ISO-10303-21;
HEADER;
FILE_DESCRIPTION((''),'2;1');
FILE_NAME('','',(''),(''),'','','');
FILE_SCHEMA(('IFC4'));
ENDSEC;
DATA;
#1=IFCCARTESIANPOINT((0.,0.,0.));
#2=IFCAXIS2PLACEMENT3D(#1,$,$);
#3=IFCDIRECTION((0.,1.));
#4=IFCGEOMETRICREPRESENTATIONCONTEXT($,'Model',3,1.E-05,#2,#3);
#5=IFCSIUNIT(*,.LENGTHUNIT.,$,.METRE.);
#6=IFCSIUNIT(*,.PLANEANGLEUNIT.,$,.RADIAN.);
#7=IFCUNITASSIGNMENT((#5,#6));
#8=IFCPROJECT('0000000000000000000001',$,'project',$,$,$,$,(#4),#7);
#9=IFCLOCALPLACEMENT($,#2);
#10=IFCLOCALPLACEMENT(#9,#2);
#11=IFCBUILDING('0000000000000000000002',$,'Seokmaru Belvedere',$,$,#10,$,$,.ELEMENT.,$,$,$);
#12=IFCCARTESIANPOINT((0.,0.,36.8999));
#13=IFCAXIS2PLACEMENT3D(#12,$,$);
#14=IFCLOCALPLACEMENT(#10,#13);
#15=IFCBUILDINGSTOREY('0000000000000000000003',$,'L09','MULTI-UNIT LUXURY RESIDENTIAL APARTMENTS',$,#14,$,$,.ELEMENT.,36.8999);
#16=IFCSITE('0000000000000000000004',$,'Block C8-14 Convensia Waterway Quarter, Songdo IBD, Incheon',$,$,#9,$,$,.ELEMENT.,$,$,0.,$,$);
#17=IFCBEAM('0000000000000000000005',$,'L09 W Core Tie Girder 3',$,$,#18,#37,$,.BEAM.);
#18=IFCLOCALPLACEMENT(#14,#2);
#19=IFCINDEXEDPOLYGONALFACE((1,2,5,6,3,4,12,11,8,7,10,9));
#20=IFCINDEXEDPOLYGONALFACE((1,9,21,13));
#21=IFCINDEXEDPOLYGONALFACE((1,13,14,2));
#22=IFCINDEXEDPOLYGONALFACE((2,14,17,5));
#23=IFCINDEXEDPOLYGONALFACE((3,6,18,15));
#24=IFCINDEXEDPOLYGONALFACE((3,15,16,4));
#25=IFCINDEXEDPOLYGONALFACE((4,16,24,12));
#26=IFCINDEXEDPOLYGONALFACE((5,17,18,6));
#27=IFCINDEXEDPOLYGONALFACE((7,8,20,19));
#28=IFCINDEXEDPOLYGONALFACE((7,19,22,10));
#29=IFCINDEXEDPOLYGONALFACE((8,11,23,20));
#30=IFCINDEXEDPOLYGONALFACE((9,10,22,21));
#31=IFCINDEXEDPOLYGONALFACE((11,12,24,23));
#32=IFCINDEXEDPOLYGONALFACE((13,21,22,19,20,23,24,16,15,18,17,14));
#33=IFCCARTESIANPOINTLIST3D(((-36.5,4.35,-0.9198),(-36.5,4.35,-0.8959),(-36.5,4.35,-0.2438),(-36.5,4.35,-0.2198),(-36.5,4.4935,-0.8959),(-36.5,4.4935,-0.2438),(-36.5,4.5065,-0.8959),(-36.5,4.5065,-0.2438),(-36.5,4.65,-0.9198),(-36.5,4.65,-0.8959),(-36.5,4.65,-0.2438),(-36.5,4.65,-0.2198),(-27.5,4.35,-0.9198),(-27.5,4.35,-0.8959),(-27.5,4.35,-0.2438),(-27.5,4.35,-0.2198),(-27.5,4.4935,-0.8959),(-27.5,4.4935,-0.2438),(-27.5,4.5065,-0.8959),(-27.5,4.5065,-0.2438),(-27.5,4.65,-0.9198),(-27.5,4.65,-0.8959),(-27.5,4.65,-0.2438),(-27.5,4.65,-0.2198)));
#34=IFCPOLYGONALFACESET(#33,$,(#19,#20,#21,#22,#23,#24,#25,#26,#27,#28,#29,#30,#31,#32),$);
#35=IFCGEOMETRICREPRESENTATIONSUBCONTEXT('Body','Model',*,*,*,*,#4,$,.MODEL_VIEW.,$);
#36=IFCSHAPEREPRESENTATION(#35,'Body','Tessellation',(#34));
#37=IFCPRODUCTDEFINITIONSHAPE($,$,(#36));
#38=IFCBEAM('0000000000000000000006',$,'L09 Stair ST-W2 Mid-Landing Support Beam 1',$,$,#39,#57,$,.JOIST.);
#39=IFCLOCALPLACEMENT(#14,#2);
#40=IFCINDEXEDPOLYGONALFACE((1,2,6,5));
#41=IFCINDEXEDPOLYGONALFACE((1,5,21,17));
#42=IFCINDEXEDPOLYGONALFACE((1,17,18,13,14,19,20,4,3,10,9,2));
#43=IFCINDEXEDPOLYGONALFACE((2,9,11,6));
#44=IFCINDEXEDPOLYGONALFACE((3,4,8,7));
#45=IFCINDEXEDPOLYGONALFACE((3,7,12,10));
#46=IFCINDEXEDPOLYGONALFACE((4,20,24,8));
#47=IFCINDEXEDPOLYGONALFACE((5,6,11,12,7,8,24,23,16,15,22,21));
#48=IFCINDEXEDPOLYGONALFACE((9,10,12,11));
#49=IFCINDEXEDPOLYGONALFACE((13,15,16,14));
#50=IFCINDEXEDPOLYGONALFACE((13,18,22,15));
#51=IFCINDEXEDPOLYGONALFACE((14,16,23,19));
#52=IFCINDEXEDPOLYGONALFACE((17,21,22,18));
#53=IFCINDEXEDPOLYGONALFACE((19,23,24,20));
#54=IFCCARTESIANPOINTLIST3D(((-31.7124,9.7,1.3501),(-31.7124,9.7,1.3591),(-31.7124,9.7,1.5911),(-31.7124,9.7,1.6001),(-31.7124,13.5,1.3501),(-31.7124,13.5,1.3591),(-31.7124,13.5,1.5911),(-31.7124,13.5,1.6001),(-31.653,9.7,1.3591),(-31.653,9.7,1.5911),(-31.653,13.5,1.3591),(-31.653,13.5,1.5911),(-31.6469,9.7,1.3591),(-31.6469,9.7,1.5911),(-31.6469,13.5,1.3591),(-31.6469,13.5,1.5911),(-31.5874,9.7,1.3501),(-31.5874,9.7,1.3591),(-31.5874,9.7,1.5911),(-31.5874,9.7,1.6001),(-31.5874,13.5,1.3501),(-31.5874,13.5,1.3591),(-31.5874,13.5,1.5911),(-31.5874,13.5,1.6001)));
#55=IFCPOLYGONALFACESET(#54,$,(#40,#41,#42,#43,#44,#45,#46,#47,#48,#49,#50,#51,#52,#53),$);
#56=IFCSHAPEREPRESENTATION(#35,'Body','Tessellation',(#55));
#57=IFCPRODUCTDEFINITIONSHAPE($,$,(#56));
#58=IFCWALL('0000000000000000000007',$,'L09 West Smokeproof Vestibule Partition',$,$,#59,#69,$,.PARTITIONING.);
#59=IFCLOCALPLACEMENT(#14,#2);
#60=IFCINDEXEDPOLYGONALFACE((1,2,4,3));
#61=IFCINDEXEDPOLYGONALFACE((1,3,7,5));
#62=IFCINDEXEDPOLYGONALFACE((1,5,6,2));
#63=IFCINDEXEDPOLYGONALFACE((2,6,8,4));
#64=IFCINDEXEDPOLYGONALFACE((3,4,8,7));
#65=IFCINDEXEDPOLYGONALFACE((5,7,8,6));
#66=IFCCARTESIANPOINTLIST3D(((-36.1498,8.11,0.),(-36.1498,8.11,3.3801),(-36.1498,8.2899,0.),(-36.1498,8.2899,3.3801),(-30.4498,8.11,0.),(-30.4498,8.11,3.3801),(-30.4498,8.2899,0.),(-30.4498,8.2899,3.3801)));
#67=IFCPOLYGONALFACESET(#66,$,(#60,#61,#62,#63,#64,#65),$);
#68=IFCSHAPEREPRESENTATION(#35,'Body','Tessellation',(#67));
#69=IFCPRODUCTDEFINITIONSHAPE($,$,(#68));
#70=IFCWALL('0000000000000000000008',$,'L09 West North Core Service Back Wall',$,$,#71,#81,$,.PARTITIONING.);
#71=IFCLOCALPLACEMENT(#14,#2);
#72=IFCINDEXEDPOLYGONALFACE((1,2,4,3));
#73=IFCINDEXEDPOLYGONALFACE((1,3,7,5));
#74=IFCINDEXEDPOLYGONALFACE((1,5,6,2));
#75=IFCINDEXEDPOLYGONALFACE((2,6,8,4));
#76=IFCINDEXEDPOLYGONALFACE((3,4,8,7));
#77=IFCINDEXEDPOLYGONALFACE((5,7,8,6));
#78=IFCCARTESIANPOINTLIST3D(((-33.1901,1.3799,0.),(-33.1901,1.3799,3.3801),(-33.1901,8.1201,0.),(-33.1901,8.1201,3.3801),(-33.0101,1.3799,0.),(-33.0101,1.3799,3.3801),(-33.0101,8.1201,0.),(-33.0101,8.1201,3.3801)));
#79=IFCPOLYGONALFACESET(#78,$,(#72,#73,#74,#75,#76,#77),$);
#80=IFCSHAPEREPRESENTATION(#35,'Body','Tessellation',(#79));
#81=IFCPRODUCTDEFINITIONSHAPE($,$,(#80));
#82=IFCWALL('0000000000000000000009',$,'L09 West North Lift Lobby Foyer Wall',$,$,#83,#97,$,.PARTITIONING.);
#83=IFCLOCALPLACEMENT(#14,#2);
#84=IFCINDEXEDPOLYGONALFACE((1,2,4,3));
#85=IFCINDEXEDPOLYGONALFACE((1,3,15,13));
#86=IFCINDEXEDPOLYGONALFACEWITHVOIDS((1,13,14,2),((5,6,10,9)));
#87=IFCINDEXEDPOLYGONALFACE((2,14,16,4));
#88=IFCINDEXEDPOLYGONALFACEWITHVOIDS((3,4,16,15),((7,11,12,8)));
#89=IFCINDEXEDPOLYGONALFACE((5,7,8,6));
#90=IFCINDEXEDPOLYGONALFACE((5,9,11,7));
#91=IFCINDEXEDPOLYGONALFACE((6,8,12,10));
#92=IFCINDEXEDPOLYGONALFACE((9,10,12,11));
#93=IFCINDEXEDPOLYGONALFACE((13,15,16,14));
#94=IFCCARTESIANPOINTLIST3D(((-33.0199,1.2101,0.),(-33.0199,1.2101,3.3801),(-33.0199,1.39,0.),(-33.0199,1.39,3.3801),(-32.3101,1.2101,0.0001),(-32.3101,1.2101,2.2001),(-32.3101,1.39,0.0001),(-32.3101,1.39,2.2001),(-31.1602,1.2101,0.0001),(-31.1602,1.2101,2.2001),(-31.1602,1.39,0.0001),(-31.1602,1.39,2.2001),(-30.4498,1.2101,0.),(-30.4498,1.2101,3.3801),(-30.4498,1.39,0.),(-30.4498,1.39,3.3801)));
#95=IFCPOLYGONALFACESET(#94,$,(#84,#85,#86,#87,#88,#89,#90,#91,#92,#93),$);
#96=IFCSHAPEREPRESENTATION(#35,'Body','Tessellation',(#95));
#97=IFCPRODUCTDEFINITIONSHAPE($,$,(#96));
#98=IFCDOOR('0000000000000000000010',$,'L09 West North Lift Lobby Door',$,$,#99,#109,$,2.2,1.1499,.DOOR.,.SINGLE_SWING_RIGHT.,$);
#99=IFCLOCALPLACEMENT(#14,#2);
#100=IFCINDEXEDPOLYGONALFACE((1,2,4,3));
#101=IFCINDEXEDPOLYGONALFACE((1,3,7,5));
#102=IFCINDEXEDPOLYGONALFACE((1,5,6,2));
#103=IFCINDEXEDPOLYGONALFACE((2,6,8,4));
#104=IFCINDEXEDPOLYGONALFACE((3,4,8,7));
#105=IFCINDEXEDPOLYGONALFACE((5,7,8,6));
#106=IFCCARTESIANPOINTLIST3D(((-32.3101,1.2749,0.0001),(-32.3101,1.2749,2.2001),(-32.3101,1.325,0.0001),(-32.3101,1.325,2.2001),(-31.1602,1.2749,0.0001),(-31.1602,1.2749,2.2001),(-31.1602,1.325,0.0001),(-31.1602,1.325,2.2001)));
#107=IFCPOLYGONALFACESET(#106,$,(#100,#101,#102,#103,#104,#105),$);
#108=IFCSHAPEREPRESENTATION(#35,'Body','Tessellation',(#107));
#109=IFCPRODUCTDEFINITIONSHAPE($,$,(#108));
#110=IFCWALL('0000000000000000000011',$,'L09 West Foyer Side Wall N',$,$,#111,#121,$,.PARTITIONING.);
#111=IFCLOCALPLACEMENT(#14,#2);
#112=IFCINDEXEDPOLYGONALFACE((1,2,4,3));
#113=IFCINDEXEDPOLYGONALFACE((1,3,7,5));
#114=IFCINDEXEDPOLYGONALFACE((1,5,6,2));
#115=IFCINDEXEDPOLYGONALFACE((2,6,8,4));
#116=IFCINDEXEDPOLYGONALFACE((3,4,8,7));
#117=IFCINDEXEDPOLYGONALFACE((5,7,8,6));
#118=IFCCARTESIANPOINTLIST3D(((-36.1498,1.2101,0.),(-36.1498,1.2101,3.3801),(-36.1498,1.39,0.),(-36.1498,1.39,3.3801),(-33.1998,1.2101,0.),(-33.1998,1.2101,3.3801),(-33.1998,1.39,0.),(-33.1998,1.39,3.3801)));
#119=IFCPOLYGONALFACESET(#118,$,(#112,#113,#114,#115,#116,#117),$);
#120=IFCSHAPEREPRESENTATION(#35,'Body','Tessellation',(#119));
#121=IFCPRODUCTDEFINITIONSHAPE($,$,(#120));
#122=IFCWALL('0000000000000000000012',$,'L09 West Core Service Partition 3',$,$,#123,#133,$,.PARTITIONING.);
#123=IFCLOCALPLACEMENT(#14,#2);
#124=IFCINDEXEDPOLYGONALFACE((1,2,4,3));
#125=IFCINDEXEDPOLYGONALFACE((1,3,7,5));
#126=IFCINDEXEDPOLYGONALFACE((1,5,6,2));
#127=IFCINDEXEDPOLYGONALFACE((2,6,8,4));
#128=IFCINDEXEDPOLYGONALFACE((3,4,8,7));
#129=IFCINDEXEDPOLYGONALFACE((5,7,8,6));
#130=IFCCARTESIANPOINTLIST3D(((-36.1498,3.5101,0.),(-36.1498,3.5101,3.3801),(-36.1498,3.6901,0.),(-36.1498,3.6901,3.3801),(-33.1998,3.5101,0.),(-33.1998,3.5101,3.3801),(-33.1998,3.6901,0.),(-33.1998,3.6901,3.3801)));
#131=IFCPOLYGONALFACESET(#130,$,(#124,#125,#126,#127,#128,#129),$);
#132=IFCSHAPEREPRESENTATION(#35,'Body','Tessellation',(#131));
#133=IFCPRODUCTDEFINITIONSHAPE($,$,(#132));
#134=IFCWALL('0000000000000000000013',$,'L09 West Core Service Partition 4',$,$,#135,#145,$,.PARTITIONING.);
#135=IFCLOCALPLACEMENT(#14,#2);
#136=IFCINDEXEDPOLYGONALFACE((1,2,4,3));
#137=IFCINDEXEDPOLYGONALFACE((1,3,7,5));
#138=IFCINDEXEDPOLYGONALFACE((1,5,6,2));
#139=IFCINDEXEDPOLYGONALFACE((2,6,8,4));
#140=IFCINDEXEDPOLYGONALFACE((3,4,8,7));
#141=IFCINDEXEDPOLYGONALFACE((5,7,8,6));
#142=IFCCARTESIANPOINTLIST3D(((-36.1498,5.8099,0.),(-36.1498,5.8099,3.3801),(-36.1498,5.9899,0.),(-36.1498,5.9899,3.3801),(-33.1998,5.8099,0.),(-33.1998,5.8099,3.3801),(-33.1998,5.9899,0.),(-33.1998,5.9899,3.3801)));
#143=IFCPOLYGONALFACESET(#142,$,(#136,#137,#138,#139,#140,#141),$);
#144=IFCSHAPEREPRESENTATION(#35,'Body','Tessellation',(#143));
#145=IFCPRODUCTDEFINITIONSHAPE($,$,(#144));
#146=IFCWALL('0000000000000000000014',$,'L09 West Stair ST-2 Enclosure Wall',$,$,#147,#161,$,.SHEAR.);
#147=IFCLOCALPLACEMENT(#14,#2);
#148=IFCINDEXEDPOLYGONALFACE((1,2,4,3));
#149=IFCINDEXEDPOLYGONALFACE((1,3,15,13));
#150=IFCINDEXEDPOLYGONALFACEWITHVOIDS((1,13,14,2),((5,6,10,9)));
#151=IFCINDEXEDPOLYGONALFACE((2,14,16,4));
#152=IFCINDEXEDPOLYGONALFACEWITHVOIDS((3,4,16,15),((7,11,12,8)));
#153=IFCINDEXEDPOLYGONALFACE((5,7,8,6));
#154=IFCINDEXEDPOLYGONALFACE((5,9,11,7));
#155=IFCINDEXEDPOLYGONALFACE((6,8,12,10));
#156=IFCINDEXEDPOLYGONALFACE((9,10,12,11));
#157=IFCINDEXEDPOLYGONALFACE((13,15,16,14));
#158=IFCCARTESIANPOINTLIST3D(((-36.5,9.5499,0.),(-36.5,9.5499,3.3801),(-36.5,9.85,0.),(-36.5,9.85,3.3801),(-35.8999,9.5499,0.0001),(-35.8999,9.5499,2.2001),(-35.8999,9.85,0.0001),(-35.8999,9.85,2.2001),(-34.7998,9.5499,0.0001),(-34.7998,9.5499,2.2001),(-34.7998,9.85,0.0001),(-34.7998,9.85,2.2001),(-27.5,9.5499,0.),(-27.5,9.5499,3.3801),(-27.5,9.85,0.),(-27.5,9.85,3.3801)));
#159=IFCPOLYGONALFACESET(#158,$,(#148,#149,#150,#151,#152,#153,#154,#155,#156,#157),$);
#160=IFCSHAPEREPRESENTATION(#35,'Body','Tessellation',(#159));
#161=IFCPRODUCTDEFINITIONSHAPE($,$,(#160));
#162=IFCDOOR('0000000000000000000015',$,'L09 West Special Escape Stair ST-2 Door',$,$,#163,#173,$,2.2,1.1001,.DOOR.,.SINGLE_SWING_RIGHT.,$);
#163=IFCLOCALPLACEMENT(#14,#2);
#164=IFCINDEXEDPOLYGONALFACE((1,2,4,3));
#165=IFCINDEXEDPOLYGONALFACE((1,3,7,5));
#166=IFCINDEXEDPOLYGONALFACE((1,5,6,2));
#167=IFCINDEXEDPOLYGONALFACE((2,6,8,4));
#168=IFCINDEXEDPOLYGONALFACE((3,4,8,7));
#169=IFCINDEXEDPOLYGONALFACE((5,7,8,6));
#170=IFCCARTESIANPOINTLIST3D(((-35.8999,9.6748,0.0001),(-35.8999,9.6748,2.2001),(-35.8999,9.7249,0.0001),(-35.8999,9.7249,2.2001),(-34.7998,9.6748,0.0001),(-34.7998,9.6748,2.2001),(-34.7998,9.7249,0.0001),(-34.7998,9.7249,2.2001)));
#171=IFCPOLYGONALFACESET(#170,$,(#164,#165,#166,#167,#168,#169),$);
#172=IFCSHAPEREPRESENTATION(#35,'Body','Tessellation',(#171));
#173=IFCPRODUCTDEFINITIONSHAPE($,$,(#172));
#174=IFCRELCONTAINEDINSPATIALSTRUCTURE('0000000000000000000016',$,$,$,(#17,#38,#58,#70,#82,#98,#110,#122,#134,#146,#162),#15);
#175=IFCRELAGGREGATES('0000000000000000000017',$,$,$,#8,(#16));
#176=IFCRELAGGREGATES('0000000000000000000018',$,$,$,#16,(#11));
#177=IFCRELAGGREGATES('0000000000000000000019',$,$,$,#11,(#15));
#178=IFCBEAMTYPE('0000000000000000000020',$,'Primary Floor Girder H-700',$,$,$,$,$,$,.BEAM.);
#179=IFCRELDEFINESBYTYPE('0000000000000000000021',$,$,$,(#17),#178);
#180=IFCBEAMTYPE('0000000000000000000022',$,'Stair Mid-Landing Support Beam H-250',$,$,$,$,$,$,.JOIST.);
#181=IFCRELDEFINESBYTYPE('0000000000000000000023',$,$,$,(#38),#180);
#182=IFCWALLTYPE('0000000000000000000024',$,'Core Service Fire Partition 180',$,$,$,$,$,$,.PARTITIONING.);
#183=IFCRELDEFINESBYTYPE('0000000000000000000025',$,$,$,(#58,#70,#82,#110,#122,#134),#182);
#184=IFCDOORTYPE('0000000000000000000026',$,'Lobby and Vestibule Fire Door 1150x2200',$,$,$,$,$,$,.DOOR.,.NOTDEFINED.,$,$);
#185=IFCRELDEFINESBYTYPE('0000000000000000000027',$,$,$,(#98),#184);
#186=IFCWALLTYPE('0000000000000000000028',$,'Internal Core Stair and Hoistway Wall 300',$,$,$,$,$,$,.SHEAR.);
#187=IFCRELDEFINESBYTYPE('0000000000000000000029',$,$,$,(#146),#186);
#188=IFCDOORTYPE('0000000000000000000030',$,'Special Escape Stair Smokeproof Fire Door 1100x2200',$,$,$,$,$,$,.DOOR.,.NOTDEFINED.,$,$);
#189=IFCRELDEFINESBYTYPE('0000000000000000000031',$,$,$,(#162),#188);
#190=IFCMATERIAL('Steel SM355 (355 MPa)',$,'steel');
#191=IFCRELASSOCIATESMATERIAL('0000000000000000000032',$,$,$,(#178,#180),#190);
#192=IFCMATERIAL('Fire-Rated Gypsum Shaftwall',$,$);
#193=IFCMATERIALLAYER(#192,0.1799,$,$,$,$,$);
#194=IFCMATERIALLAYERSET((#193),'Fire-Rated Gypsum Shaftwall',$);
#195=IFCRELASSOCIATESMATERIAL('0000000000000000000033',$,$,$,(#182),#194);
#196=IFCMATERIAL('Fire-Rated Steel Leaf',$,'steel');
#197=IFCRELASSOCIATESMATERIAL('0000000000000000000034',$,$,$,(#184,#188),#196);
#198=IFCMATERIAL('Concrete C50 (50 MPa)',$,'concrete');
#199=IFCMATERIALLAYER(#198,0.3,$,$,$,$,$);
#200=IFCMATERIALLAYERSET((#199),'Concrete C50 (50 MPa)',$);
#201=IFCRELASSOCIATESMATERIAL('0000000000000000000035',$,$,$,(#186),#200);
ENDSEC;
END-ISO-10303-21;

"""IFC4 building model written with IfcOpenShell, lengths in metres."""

from ifc_helpers import new_model, si_unit, direction, frame, frame_2d, origin, origin_2d, place, context, subcontext, project, spatial, rectangle, i_section, extrude, source, transform, mapped, material, layer, layer_set, material_profile, profile_set, type_object, type_shapes, element, fill, save


model = new_model("IFC4")

# Units and contexts
model_context = context("Model", 3, precision=1e-05, world=origin(), true_north=direction((0.0, 1.0)))
body_context = subcontext(model_context, "Body", "Model", "MODEL_VIEW")
ifc_project = project(units=[si_unit("LENGTHUNIT", "METRE"), si_unit("PLANEANGLEUNIT", "RADIAN")], contexts=[model_context])

# Site, building, storey
site_placement = place(None, origin())
site = spatial("IfcSite", under=ifc_project, at=site_placement, Name="Block C8-14 Convensia Waterway Quarter, Songdo IBD, Incheon", CompositionType="ELEMENT", RefElevation=0.0)
building_placement = place(site_placement, origin())
building = spatial("IfcBuilding", under=site, at=building_placement, Name="Seokmaru Belvedere", CompositionType="ELEMENT")
storey_placement = place(building_placement, frame((0.0, 0.0, 36.8999)))
storey = spatial("IfcBuildingStorey", under=building, at=storey_placement, Name="L09", Description="MULTI-UNIT LUXURY RESIDENTIAL APARTMENTS", CompositionType="ELEMENT", Elevation=36.8999)

# Beams
ifc_material_1 = material(Name="Steel SM355 (355 MPa)", Category="steel")
ifc_material_profile_1 = material_profile(ifc_material_1, i_section(OverallWidth=0.3, OverallDepth=0.7, WebThickness=0.0129, FlangeThickness=0.0239, at=origin_2d()), Name="H-700x300x13x24")
ifc_profile_set_1 = profile_set([ifc_material_profile_1], Name="Steel SM355 (355 MPa)")
beam_type_1 = type_object("IfcBeamType", Name="Primary Floor Girder H-700", PredefinedType="BEAM", material=ifc_profile_set_1)
shared_shape_1 = source(origin(), body_context, "Body", "SweptSolid", [
    extrude(i_section(OverallWidth=0.3, OverallDepth=0.7, WebThickness=0.0129, FlangeThickness=0.0239, at=origin_2d()), origin(), (0.0, 0.0, 1.0), 9.0),
])
type_shapes(beam_type_1, [shared_shape_1])
beam_1_placement = place(storey_placement, frame((-36.5, 4.5, -0.5698), z_axis=(1.0, 0.0, 0.0), x_axis=(0.0, 1.0, 0.0)))
element("IfcBeam", 1, at=beam_1_placement, inside=storey, type_object=beam_type_1, Name="L09 W Core Tie Girder 3", PredefinedType="BEAM", context=body_context, shape_type="MappedRepresentation", body=[
    mapped(shared_shape_1, transform((0.0, 0.0, 0.0), scale=1.0)),
])
ifc_material_profile_2 = material_profile(ifc_material_1, i_section(OverallWidth=0.125, OverallDepth=0.25, WebThickness=0.0061, FlangeThickness=0.009, at=origin_2d()), Name="H-250x125x6x9")
ifc_profile_set_2 = profile_set([ifc_material_profile_2], Name="Steel SM355 (355 MPa)")
beam_type_2 = type_object("IfcBeamType", Name="Stair Mid-Landing Support Beam H-250", PredefinedType="JOIST", material=ifc_profile_set_2)
shared_shape_2 = source(origin(), body_context, "Body", "SweptSolid", [
    extrude(i_section(OverallWidth=0.125, OverallDepth=0.25, WebThickness=0.0061, FlangeThickness=0.009, at=origin_2d()), origin(), (0.0, 0.0, 1.0), 3.8),
])
type_shapes(beam_type_2, [shared_shape_2])
beam_2_placement = place(storey_placement, frame((-31.6499, 9.7, 1.4751), z_axis=(0.0, 1.0, 0.0), x_axis=(-1.0, 0.0, 0.0)))
element("IfcBeam", 2, at=beam_2_placement, inside=storey, type_object=beam_type_2, Name="L09 Stair ST-W2 Mid-Landing Support Beam 1", PredefinedType="JOIST", context=body_context, shape_type="MappedRepresentation", body=[
    mapped(shared_shape_2, transform((0.0, 0.0, 0.0), scale=1.0)),
])

# Walls
ifc_material_2 = material(Name="Fire-Rated Gypsum Shaftwall")
ifc_layer_1 = layer(ifc_material_2, 0.1799)
ifc_layer_set_1 = layer_set([ifc_layer_1], Name="Fire-Rated Gypsum Shaftwall")
wall_type_1 = type_object("IfcWallType", Name="Core Service Fire Partition 180", PredefinedType="PARTITIONING", material=ifc_layer_set_1)
wall_1_placement = place(storey_placement, frame((-36.1499, 8.2, 0.0), z_axis=(0.0, 0.0, 1.0), x_axis=(1.0, 0.0, 0.0)))
element("IfcWall", 3, at=wall_1_placement, inside=storey, type_object=wall_type_1, Name="L09 West Smokeproof Vestibule Partition", PredefinedType="PARTITIONING", context=body_context, shape_type="SweptSolid", body=[
    extrude(rectangle(XDim=5.7, YDim=0.1799, at=frame_2d((2.8501, 0.0))), origin(), (0.0, 0.0, 1.0), 3.3801),
])
wall_2_placement = place(storey_placement, frame((-33.1001, 1.3799, 0.0), z_axis=(0.0, 0.0, 1.0), x_axis=(0.0, 1.0, 0.0)))
element("IfcWall", 4, at=wall_2_placement, inside=storey, type_object=wall_type_1, Name="L09 West North Core Service Back Wall", PredefinedType="PARTITIONING", context=body_context, shape_type="SweptSolid", body=[
    extrude(rectangle(XDim=6.7402, YDim=0.1799, at=frame_2d((3.3701, 0.0))), origin(), (0.0, 0.0, 1.0), 3.3801),
])

# Wall, opening, door
wall_3_placement = place(storey_placement, frame((-33.02, 1.3, 0.0), z_axis=(0.0, 0.0, 1.0), x_axis=(1.0, 0.0, 0.0)))
wall_3 = element("IfcWall", 5, at=wall_3_placement, inside=storey, type_object=wall_type_1, Name="L09 West North Lift Lobby Foyer Wall", PredefinedType="PARTITIONING", context=body_context, shape_type="SweptSolid", body=[
    extrude(rectangle(XDim=2.5701, YDim=0.1799, at=frame_2d((1.2852, 0.0))), origin(), (0.0, 0.0, 1.0), 3.3801),
])
opening_1_placement = place(wall_3_placement, frame((0.71, 0.0, 0.0)))
opening_1 = element("IfcOpeningElement", 6, at=opening_1_placement, cuts=wall_3, PredefinedType="OPENING", context=body_context, shape_type="SweptSolid", body=[
    extrude(rectangle(XDim=1.1499, YDim=2.2, at=frame_2d((0.575, 1.1001))), frame((0.0, 0.1001, 0.0), z_axis=(0.0, -1.0, 0.0), x_axis=(1.0, 0.0, 0.0)), (0.0, 0.0, 1.0), 0.2),
])
ifc_material_3 = material(Name="Fire-Rated Steel Leaf", Category="steel")
door_type_1 = type_object("IfcDoorType", Name="Lobby and Vestibule Fire Door 1150x2200", OperationType="NOTDEFINED", PredefinedType="DOOR", material=ifc_material_3)
shared_shape_3 = source(origin(), body_context, "Body", "SweptSolid", [
    extrude(rectangle(XDim=1.1499, YDim=2.2, at=frame_2d((0.575, 1.1001))), frame((0.0, 0.0249, 0.0), z_axis=(0.0, -1.0, 0.0), x_axis=(1.0, 0.0, 0.0)), (0.0, 0.0, 1.0), 0.05),
])
type_shapes(door_type_1, [shared_shape_3])
door_1_placement = place(opening_1_placement, origin())
door_1 = element("IfcDoor", 7, at=door_1_placement, inside=storey, type_object=door_type_1, Name="L09 West North Lift Lobby Door", OperationType="SINGLE_SWING_RIGHT", OverallHeight=2.2, OverallWidth=1.1499, PredefinedType="DOOR", context=body_context, shape_type="MappedRepresentation", body=[
    mapped(shared_shape_3, transform((0.0, 0.0, 0.0), scale=1.0)),
])
fill(opening_1, door_1)

# Walls
for number, where, z_axis, x_axis, name in (
    (8, (-36.1499, 1.3, 0.0), (0.0, 0.0, 1.0), (1.0, 0.0, 0.0), "L09 West Foyer Side Wall N"),
    (9, (-36.1499, 3.6001, 0.0), (0.0, 0.0, 1.0), (1.0, 0.0, 0.0), "L09 West Core Service Partition 3"),
    (10, (-36.1499, 5.8999, 0.0), (0.0, 0.0, 1.0), (1.0, 0.0, 0.0), "L09 West Core Service Partition 4"),
):
    element("IfcWall", number, at=place(storey_placement, frame(where, z_axis=z_axis, x_axis=x_axis)), inside=storey, type_object=wall_type_1, Name=name, PredefinedType="PARTITIONING", context=body_context, shape_type="SweptSolid", body=[
        extrude(rectangle(XDim=2.95, YDim=0.1799, at=frame_2d((1.4751, 0.0))), origin(), (0.0, 0.0, 1.0), 3.3801),
    ])

# Wall, opening, door
ifc_material_4 = material(Name="Concrete C50 (50 MPa)", Category="concrete")
ifc_layer_2 = layer(ifc_material_4, 0.3)
ifc_layer_set_2 = layer_set([ifc_layer_2], Name="Concrete C50 (50 MPa)")
wall_type_2 = type_object("IfcWallType", Name="Internal Core Stair and Hoistway Wall 300", PredefinedType="SHEAR", material=ifc_layer_set_2)
wall_4_placement = place(storey_placement, frame((-36.5, 9.7, 0.0), z_axis=(0.0, 0.0, 1.0), x_axis=(1.0, 0.0, 0.0)))
wall_4 = element("IfcWall", 11, at=wall_4_placement, inside=storey, type_object=wall_type_2, Name="L09 West Stair ST-2 Enclosure Wall", PredefinedType="SHEAR", context=body_context, shape_type="SweptSolid", body=[
    extrude(rectangle(XDim=9.0, YDim=0.3, at=frame_2d((4.5, 0.0))), origin(), (0.0, 0.0, 1.0), 3.3801),
])
opening_2_placement = place(wall_4_placement, frame((0.6001, 0.0, 0.0)))
opening_2 = element("IfcOpeningElement", 12, at=opening_2_placement, cuts=wall_4, PredefinedType="OPENING", context=body_context, shape_type="SweptSolid", body=[
    extrude(rectangle(XDim=1.1001, YDim=2.2, at=frame_2d((0.55, 1.1001))), frame((0.0, 0.1602, 0.0), z_axis=(0.0, -1.0, 0.0), x_axis=(1.0, 0.0, 0.0)), (0.0, 0.0, 1.0), 0.3201),
])
door_type_2 = type_object("IfcDoorType", Name="Special Escape Stair Smokeproof Fire Door 1100x2200", OperationType="NOTDEFINED", PredefinedType="DOOR", material=ifc_material_3)
shared_shape_4 = source(origin(), body_context, "Body", "SweptSolid", [
    extrude(rectangle(XDim=1.1001, YDim=2.2, at=frame_2d((0.55, 1.1001))), frame((0.0, 0.0249, 0.0), z_axis=(0.0, -1.0, 0.0), x_axis=(1.0, 0.0, 0.0)), (0.0, 0.0, 1.0), 0.05),
])
type_shapes(door_type_2, [shared_shape_4])
door_2_placement = place(opening_2_placement, origin())
door_2 = element("IfcDoor", 13, at=door_2_placement, inside=storey, type_object=door_type_2, Name="L09 West Special Escape Stair ST-2 Door", OperationType="SINGLE_SWING_RIGHT", OverallHeight=2.2, OverallWidth=1.1001, PredefinedType="DOOR", context=body_context, shape_type="MappedRepresentation", body=[
    mapped(shared_shape_4, transform((0.0, 0.0, 0.0), scale=1.0)),
])
fill(opening_2, door_2)

save(model, "model.ifc")
